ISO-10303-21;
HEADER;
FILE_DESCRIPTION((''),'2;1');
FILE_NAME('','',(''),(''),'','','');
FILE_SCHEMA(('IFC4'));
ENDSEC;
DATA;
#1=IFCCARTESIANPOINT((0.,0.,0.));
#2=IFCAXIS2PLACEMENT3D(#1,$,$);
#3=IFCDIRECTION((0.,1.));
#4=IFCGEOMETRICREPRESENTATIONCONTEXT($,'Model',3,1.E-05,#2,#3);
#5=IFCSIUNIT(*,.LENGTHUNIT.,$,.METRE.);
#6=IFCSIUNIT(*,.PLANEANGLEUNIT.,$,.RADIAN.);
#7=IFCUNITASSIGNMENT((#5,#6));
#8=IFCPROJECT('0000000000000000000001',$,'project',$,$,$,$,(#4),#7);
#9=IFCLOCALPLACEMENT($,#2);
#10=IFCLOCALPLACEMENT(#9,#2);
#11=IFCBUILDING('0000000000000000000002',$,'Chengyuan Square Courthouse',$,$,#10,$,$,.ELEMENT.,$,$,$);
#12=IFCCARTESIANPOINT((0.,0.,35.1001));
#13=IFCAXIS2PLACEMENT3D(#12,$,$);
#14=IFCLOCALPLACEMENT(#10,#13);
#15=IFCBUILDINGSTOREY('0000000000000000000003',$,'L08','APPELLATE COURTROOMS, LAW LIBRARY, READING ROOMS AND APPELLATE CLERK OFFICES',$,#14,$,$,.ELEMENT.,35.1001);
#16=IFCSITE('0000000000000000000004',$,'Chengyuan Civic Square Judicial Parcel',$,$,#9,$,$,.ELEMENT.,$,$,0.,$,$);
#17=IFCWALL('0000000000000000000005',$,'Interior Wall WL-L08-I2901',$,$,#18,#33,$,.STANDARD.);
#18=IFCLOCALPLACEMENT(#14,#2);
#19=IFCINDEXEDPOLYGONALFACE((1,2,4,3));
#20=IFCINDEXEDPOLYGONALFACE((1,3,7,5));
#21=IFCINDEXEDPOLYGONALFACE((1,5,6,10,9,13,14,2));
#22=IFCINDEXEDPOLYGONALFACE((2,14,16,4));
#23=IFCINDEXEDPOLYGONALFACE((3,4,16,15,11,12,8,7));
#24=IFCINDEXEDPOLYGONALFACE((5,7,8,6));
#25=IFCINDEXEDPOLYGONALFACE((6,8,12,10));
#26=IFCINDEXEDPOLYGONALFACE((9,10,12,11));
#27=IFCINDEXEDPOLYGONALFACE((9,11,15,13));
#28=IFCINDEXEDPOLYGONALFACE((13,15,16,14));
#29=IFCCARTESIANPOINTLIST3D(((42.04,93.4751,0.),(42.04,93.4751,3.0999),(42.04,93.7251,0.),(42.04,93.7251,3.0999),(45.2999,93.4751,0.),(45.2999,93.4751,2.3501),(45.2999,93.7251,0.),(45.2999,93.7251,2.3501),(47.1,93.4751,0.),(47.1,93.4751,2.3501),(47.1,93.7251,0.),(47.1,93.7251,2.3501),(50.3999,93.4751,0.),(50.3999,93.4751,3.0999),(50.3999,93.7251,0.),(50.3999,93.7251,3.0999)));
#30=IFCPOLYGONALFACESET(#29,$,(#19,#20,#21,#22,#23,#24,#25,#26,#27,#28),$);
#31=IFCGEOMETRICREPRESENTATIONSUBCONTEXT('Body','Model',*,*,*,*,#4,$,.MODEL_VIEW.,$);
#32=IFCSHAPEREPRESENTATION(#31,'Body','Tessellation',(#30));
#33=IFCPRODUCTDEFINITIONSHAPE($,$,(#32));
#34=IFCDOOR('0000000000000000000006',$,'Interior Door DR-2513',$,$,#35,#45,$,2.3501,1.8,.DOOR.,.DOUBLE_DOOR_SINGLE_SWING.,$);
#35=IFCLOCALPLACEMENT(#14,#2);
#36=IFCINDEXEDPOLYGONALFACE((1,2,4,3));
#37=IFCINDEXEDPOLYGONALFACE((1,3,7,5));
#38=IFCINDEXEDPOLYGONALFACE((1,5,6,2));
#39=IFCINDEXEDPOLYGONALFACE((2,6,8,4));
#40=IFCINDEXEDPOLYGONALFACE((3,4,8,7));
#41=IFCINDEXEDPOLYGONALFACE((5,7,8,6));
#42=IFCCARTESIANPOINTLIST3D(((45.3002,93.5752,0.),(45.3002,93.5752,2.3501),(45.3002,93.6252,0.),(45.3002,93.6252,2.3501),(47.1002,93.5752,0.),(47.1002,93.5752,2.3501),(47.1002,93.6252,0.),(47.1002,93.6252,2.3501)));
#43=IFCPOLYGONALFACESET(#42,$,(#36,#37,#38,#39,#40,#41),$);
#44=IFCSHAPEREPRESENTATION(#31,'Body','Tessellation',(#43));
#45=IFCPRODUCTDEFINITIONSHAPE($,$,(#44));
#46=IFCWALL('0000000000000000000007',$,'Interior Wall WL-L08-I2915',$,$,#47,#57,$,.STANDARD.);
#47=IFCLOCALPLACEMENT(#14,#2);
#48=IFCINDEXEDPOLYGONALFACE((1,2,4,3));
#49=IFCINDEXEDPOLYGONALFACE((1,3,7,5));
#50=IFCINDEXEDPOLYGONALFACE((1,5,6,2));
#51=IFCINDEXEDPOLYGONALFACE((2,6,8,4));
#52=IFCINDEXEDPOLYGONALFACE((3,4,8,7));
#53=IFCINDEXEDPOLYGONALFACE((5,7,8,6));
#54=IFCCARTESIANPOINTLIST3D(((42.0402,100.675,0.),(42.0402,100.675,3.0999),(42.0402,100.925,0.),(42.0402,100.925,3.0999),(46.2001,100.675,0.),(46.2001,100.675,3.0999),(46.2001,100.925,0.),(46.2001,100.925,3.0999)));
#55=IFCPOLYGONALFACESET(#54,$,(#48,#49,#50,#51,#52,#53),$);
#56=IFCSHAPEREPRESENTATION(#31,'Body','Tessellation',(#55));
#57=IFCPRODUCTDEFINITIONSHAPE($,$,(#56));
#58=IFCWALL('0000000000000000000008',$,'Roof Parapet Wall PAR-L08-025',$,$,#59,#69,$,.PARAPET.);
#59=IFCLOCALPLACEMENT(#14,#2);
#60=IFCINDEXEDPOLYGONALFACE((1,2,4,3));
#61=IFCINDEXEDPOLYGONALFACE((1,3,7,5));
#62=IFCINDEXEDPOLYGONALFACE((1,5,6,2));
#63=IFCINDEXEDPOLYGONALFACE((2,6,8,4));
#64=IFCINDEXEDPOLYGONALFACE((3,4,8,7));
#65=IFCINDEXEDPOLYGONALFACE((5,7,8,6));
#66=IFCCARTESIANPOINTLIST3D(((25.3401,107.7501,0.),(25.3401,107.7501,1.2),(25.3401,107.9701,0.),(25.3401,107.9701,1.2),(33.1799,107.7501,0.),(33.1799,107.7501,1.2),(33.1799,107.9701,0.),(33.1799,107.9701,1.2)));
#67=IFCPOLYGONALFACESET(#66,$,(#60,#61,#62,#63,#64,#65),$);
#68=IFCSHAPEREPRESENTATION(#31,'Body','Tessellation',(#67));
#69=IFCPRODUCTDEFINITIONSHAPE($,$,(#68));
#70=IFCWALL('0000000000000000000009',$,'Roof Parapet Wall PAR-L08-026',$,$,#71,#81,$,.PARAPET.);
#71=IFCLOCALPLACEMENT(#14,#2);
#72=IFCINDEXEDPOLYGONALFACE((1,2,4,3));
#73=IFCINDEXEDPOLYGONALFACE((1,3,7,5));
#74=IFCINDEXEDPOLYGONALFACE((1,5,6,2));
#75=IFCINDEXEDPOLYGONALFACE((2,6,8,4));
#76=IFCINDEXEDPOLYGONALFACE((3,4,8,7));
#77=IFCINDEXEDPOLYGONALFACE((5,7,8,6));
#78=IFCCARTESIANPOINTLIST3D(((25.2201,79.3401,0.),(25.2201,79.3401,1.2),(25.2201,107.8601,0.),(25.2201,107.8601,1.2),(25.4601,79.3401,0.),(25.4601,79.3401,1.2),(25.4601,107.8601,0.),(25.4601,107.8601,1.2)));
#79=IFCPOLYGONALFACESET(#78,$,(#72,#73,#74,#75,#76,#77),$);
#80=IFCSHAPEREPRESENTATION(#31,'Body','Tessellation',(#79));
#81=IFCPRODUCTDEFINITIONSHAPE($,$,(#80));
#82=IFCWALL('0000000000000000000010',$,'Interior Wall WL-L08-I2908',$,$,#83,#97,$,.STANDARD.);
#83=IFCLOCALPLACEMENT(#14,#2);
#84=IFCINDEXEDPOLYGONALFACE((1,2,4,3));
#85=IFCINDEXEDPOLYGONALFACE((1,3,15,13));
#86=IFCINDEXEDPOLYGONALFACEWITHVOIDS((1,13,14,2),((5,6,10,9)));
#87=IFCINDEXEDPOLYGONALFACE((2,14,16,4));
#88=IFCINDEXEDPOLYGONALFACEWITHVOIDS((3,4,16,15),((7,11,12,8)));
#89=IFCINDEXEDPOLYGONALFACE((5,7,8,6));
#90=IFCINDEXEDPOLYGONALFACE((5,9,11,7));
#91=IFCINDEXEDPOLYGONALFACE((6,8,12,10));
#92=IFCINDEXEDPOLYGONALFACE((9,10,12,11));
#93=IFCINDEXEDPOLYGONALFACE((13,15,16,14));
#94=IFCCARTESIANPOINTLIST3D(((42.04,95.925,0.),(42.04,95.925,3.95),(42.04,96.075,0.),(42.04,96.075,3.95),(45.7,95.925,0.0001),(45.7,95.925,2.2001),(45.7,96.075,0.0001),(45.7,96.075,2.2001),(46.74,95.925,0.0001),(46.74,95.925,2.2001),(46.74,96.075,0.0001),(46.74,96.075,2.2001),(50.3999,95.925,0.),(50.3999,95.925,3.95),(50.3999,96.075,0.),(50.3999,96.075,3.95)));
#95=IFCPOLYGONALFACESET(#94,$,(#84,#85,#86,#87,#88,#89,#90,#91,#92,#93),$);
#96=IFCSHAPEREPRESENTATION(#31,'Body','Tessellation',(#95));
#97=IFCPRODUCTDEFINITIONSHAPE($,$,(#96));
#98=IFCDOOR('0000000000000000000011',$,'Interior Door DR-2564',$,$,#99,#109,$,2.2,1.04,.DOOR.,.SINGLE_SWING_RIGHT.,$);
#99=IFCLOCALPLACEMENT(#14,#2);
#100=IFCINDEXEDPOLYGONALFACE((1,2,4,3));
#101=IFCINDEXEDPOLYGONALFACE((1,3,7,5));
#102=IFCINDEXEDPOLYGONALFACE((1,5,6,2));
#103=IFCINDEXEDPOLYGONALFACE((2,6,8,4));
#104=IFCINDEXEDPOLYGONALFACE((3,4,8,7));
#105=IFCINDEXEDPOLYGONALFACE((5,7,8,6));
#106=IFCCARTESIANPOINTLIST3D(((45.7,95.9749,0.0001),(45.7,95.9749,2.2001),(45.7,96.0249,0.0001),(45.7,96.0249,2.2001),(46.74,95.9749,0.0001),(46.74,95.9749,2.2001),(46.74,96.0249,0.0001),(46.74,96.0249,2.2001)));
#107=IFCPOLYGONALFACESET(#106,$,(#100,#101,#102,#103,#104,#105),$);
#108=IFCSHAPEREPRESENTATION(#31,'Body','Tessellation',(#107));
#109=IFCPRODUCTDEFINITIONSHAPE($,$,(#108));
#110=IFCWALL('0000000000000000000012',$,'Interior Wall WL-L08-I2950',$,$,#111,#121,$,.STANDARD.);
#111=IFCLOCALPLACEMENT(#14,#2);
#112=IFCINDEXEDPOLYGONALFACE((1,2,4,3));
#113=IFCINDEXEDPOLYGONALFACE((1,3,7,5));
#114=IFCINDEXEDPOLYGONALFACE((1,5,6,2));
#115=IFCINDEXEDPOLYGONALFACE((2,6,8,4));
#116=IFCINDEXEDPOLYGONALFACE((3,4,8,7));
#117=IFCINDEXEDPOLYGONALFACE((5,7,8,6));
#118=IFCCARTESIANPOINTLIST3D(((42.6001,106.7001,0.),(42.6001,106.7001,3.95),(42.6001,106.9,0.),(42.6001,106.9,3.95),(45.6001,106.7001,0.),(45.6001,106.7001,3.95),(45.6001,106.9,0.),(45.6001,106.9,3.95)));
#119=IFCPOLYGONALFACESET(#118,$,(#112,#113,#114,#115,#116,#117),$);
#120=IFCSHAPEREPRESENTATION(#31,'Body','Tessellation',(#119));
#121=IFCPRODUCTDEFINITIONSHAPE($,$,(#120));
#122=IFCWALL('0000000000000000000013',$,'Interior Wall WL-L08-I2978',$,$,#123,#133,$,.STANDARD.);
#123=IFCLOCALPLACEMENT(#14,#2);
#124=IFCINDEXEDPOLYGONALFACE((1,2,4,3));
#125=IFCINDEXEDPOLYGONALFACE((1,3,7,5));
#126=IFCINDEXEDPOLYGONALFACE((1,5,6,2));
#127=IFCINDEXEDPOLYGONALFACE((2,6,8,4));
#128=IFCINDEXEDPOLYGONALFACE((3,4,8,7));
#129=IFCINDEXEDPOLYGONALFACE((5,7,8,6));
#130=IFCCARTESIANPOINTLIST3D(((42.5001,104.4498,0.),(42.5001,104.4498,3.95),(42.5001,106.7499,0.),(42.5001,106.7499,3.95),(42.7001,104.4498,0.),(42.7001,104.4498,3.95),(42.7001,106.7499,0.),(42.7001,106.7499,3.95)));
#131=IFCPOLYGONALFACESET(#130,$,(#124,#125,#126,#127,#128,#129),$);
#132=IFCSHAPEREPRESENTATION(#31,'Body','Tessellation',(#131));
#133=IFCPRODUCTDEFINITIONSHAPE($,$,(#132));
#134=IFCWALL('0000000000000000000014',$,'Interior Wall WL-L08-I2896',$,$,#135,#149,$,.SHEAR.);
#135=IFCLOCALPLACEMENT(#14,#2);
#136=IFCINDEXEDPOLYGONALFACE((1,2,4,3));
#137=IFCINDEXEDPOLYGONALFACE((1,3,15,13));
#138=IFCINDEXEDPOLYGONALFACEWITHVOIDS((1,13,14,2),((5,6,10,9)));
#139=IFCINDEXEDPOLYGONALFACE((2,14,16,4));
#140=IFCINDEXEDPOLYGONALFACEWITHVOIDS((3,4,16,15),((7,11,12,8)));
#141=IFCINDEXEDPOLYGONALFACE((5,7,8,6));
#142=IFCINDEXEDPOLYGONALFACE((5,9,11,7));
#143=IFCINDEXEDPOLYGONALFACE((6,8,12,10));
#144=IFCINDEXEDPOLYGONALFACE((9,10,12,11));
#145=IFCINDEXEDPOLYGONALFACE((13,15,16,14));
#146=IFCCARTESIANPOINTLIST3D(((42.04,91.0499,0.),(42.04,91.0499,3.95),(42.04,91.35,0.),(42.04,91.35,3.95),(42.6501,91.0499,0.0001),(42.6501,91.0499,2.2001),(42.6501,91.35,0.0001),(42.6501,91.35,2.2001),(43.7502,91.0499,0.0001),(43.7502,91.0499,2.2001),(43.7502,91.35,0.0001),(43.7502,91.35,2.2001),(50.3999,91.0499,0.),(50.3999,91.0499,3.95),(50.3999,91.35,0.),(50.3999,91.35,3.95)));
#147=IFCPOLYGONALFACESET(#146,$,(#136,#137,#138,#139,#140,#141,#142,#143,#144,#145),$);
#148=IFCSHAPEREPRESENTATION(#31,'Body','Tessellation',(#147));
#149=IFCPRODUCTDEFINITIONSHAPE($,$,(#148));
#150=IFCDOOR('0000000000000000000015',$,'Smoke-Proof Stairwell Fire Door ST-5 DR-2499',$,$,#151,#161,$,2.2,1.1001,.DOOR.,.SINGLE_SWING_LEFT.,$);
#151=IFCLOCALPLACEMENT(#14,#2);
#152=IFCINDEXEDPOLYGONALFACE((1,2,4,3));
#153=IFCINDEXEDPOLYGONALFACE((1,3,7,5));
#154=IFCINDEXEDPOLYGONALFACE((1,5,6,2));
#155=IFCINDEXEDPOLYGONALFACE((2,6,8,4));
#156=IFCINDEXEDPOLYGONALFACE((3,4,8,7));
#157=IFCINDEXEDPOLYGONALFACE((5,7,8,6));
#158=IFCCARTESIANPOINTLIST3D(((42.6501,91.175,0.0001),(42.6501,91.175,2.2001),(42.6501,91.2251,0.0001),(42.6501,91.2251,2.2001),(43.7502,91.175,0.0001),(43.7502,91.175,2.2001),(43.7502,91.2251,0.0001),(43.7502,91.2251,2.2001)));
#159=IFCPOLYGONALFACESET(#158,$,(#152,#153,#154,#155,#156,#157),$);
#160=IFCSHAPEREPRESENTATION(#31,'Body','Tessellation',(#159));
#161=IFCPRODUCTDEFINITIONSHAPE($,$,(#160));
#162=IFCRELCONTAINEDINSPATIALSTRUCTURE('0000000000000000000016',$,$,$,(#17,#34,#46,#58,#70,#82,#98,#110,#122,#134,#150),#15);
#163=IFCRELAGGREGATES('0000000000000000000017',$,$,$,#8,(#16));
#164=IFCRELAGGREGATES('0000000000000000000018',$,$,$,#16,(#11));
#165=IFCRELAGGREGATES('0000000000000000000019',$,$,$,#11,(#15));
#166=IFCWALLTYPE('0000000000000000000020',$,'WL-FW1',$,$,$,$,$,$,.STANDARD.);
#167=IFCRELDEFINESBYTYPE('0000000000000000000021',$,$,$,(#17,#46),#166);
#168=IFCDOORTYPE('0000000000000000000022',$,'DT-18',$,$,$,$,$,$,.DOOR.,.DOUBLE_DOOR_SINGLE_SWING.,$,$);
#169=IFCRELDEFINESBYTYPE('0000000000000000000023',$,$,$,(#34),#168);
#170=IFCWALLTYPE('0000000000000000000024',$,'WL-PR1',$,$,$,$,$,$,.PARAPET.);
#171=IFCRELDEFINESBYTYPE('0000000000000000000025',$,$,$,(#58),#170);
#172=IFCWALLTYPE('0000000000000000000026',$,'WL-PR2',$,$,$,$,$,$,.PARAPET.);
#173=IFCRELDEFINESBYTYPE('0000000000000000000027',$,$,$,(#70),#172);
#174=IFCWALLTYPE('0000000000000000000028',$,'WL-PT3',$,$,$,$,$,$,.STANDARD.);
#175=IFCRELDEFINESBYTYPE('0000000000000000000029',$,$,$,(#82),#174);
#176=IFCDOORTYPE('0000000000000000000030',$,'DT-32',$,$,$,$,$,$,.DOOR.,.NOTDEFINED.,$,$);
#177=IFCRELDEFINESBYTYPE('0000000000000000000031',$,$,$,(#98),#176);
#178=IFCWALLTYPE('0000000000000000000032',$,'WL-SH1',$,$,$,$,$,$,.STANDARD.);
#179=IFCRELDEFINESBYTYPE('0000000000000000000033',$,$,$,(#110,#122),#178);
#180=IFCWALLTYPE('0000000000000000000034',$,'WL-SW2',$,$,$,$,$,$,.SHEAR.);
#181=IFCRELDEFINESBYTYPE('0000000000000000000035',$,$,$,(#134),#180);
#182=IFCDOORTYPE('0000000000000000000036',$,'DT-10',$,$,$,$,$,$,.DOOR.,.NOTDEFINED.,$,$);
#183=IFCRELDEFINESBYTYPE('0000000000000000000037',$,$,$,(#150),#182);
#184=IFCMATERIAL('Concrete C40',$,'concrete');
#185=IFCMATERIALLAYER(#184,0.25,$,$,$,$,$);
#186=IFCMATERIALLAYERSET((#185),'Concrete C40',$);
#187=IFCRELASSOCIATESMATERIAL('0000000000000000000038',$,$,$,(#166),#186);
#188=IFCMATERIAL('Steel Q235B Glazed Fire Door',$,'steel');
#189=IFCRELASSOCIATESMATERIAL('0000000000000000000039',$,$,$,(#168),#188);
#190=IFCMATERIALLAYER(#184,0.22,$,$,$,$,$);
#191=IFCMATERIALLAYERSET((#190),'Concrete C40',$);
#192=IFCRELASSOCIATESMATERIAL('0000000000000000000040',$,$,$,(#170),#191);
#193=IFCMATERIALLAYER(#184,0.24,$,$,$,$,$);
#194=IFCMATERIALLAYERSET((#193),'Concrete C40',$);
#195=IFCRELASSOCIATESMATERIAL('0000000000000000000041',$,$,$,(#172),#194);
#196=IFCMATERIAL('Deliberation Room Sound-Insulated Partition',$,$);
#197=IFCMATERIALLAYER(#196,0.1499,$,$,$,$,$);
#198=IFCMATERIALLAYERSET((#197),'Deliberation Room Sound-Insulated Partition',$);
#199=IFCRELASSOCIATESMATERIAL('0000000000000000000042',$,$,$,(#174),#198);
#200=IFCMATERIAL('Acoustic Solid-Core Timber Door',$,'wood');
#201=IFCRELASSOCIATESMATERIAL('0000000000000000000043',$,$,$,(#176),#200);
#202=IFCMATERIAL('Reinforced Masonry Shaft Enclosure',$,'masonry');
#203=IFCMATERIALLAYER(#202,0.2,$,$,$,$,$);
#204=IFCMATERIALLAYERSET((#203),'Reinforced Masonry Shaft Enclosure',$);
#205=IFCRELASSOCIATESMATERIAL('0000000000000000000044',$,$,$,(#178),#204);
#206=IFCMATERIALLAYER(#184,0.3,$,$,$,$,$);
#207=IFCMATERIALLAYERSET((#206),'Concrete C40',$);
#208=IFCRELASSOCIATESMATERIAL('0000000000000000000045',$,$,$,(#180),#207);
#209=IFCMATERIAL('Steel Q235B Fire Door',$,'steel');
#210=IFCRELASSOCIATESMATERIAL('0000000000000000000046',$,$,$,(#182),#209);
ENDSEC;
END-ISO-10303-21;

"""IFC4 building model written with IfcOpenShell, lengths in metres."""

from ifc_helpers import new_model, si_unit, direction, frame, frame_2d, origin, place, context, subcontext, project, spatial, rectangle, extrude, material, layer, layer_set, type_object, element, fill, save


model = new_model("IFC4")

# Units and contexts
model_context = context("Model", 3, precision=1e-05, world=origin(), true_north=direction((0.0, 1.0)))
body_context = subcontext(model_context, "Body", "Model", "MODEL_VIEW")
ifc_project = project(units=[si_unit("LENGTHUNIT", "METRE"), si_unit("PLANEANGLEUNIT", "RADIAN")], contexts=[model_context])

# Site, building, storey
site_placement = place(None, origin())
site = spatial("IfcSite", under=ifc_project, at=site_placement, Name="Chengyuan Civic Square Judicial Parcel", CompositionType="ELEMENT", RefElevation=0.0)
building_placement = place(site_placement, origin())
building = spatial("IfcBuilding", under=site, at=building_placement, Name="Chengyuan Square Courthouse", CompositionType="ELEMENT")
storey_placement = place(building_placement, frame((0.0, 0.0, 35.1001)))
storey = spatial("IfcBuildingStorey", under=building, at=storey_placement, Name="L08", Description="APPELLATE COURTROOMS, LAW LIBRARY, READING ROOMS AND APPELLATE CLERK OFFICES", CompositionType="ELEMENT", Elevation=35.1001)

# Shared definitions
ifc_material_1 = material(Name="Concrete C40", Category="concrete")

# Wall, opening, door
ifc_layer_1 = layer(ifc_material_1, 0.25)
ifc_layer_set_1 = layer_set([ifc_layer_1], Name="Concrete C40")
wall_type_1 = type_object("IfcWallType", Name="WL-FW1", PredefinedType="STANDARD", material=ifc_layer_set_1)
wall_1_placement = place(storey_placement, frame((42.04, 93.6001, 0.0), z_axis=(0.0, 0.0, 1.0), x_axis=(1.0, 0.0, 0.0)))
wall_1 = element("IfcWall", 1, at=wall_1_placement, inside=storey, type_object=wall_type_1, Name="Interior Wall WL-L08-I2901", PredefinedType="STANDARD", context=body_context, shape_type="SweptSolid", body=[
    extrude(rectangle(XDim=8.3599, YDim=0.25, at=frame_2d((4.1799, 0.0))), origin(), (0.0, 0.0, 1.0), 3.0999),
])
opening_1_placement = place(wall_1_placement, frame((3.26, 0.0, 0.0)))
opening_1 = element("IfcOpeningElement", 2, at=opening_1_placement, cuts=wall_1, PredefinedType="OPENING", context=body_context, shape_type="SweptSolid", body=[
    extrude(rectangle(XDim=1.8, YDim=2.3501, at=frame_2d((0.8999, 1.175))), frame((0.0, 0.137, 0.0), z_axis=(0.0, -1.0, 0.0), x_axis=(1.0, 0.0, 0.0)), (0.0, 0.0, 1.0), 0.2739),
])
ifc_material_2 = material(Name="Steel Q235B Glazed Fire Door", Category="steel")
door_type_1 = type_object("IfcDoorType", Name="DT-18", OperationType="DOUBLE_DOOR_SINGLE_SWING", PredefinedType="DOOR", material=ifc_material_2)
door_1_placement = place(opening_1_placement, frame((1.8, 0.0, 0.0), z_axis=(0.0, 0.0, 1.0), x_axis=(-1.0, 0.0, 0.0)))
door_1 = element("IfcDoor", 3, at=door_1_placement, inside=storey, type_object=door_type_1, Name="Interior Door DR-2513", OperationType="DOUBLE_DOOR_SINGLE_SWING", OverallHeight=2.3501, OverallWidth=1.8, PredefinedType="DOOR", context=body_context, shape_type="SweptSolid", body=[
    extrude(rectangle(XDim=1.8, YDim=2.3501, at=frame_2d((0.8999, 1.175))), frame((0.0, 0.0249, 0.0), z_axis=(0.0, -1.0, 0.0), x_axis=(1.0, 0.0, 0.0)), (0.0, 0.0, 1.0), 0.05),
])
fill(opening_1, door_1)

# Walls
wall_2_placement = place(storey_placement, frame((42.04, 100.8, 0.0), z_axis=(0.0, 0.0, 1.0), x_axis=(1.0, 0.0, 0.0)))
element("IfcWall", 4, at=wall_2_placement, inside=storey, type_object=wall_type_1, Name="Interior Wall WL-L08-I2915", PredefinedType="STANDARD", context=body_context, shape_type="SweptSolid", body=[
    extrude(rectangle(XDim=4.1599, YDim=0.25, at=frame_2d((2.0801, 0.0))), origin(), (0.0, 0.0, 1.0), 3.0999),
])
ifc_layer_2 = layer(ifc_material_1, 0.22)
ifc_layer_set_2 = layer_set([ifc_layer_2], Name="Concrete C40")
wall_type_2 = type_object("IfcWallType", Name="WL-PR1", PredefinedType="PARAPET", material=ifc_layer_set_2)
wall_3_placement = place(storey_placement, frame((33.1799, 107.8601, 0.0), z_axis=(0.0, 0.0, 1.0), x_axis=(-1.0, 0.0, 0.0)))
element("IfcWall", 5, at=wall_3_placement, inside=storey, type_object=wall_type_2, Name="Roof Parapet Wall PAR-L08-025", PredefinedType="PARAPET", context=body_context, shape_type="SweptSolid", body=[
    extrude(rectangle(XDim=7.8398, YDim=0.22, at=frame_2d((3.9199, 0.0))), origin(), (0.0, 0.0, 1.0), 1.2),
])
ifc_layer_3 = layer(ifc_material_1, 0.24)
ifc_layer_set_3 = layer_set([ifc_layer_3], Name="Concrete C40")
wall_type_3 = type_object("IfcWallType", Name="WL-PR2", PredefinedType="PARAPET", material=ifc_layer_set_3)
wall_4_placement = place(storey_placement, frame((25.3401, 107.8601, 0.0), z_axis=(0.0, 0.0, 1.0), x_axis=(0.0, -1.0, 0.0)))
element("IfcWall", 6, at=wall_4_placement, inside=storey, type_object=wall_type_3, Name="Roof Parapet Wall PAR-L08-026", PredefinedType="PARAPET", context=body_context, shape_type="SweptSolid", body=[
    extrude(rectangle(XDim=28.52, YDim=0.24, at=frame_2d((14.26, 0.0))), origin(), (0.0, 0.0, 1.0), 1.2),
])

# Wall, opening, door
ifc_material_3 = material(Name="Deliberation Room Sound-Insulated Partition")
ifc_layer_4 = layer(ifc_material_3, 0.1499)
ifc_layer_set_4 = layer_set([ifc_layer_4], Name="Deliberation Room Sound-Insulated Partition")
wall_type_4 = type_object("IfcWallType", Name="WL-PT3", PredefinedType="STANDARD", material=ifc_layer_set_4)
wall_5_placement = place(storey_placement, frame((42.04, 96.0, 0.0), z_axis=(0.0, 0.0, 1.0), x_axis=(1.0, 0.0, 0.0)))
wall_5 = element("IfcWall", 7, at=wall_5_placement, inside=storey, type_object=wall_type_4, Name="Interior Wall WL-L08-I2908", PredefinedType="STANDARD", context=body_context, shape_type="SweptSolid", body=[
    extrude(rectangle(XDim=8.3599, YDim=0.1499, at=frame_2d((4.1799, 0.0))), origin(), (0.0, 0.0, 1.0), 3.95),
])
opening_2_placement = place(wall_5_placement, frame((3.6599, 0.0, 0.0)))
opening_2 = element("IfcOpeningElement", 8, at=opening_2_placement, cuts=wall_5, PredefinedType="OPENING", context=body_context, shape_type="SweptSolid", body=[
    extrude(rectangle(XDim=1.04, YDim=2.2, at=frame_2d((0.52, 1.1001))), frame((0.0, 0.0869, 0.0), z_axis=(0.0, -1.0, 0.0), x_axis=(1.0, 0.0, 0.0)), (0.0, 0.0, 1.0), 0.1738),
])
ifc_material_4 = material(Name="Acoustic Solid-Core Timber Door", Category="wood")
door_type_2 = type_object("IfcDoorType", Name="DT-32", OperationType="NOTDEFINED", PredefinedType="DOOR", material=ifc_material_4)
door_2_placement = place(opening_2_placement, origin())
door_2 = element("IfcDoor", 9, at=door_2_placement, inside=storey, type_object=door_type_2, Name="Interior Door DR-2564", OperationType="SINGLE_SWING_RIGHT", OverallHeight=2.2, OverallWidth=1.04, PredefinedType="DOOR", context=body_context, shape_type="SweptSolid", body=[
    extrude(rectangle(XDim=1.04, YDim=2.2, at=frame_2d((0.52, 1.1001))), frame((0.0, 0.0249, 0.0), z_axis=(0.0, -1.0, 0.0), x_axis=(1.0, 0.0, 0.0)), (0.0, 0.0, 1.0), 0.05),
])
fill(opening_2, door_2)
ifc_material_5 = material(Name="Reinforced Masonry Shaft Enclosure", Category="masonry")
ifc_layer_5 = layer(ifc_material_5, 0.2)
ifc_layer_set_5 = layer_set([ifc_layer_5], Name="Reinforced Masonry Shaft Enclosure")
wall_type_5 = type_object("IfcWallType", Name="WL-SH1", PredefinedType="STANDARD", material=ifc_layer_set_5)

# Walls
wall_6_placement = place(storey_placement, frame((42.6001, 106.8, 0.0), z_axis=(0.0, 0.0, 1.0), x_axis=(1.0, 0.0, 0.0)))
element("IfcWall", 10, at=wall_6_placement, inside=storey, type_object=wall_type_5, Name="Interior Wall WL-L08-I2950", PredefinedType="STANDARD", context=body_context, shape_type="SweptSolid", body=[
    extrude(rectangle(XDim=3.0, YDim=0.2, at=frame_2d((1.5, 0.0))), origin(), (0.0, 0.0, 1.0), 3.95),
])
wall_7_placement = place(storey_placement, frame((42.6001, 104.45, 0.0), z_axis=(0.0, 0.0, 1.0), x_axis=(0.0, 1.0, 0.0)))
element("IfcWall", 11, at=wall_7_placement, inside=storey, type_object=wall_type_5, Name="Interior Wall WL-L08-I2978", PredefinedType="STANDARD", context=body_context, shape_type="SweptSolid", body=[
    extrude(rectangle(XDim=2.3, YDim=0.2, at=frame_2d((1.1499, 0.0))), origin(), (0.0, 0.0, 1.0), 3.95),
])

# Wall, opening, door
ifc_layer_6 = layer(ifc_material_1, 0.3)
ifc_layer_set_6 = layer_set([ifc_layer_6], Name="Concrete C40")
wall_type_6 = type_object("IfcWallType", Name="WL-SW2", PredefinedType="SHEAR", material=ifc_layer_set_6)
wall_8_placement = place(storey_placement, frame((42.04, 91.2, 0.0), z_axis=(0.0, 0.0, 1.0), x_axis=(1.0, 0.0, 0.0)))
wall_8 = element("IfcWall", 12, at=wall_8_placement, inside=storey, type_object=wall_type_6, Name="Interior Wall WL-L08-I2896", PredefinedType="SHEAR", context=body_context, shape_type="SweptSolid", body=[
    extrude(rectangle(XDim=8.3599, YDim=0.3, at=frame_2d((4.1799, 0.0))), origin(), (0.0, 0.0, 1.0), 3.95),
])
opening_3_placement = place(wall_8_placement, frame((0.6101, 0.0, 0.0)))
opening_3 = element("IfcOpeningElement", 13, at=opening_3_placement, cuts=wall_8, PredefinedType="OPENING", context=body_context, shape_type="SweptSolid", body=[
    extrude(rectangle(XDim=1.1001, YDim=2.2, at=frame_2d((0.55, 1.1001))), frame((0.0, 0.1621, 0.0), z_axis=(0.0, -1.0, 0.0), x_axis=(1.0, 0.0, 0.0)), (0.0, 0.0, 1.0), 0.324),
])
ifc_material_6 = material(Name="Steel Q235B Fire Door", Category="steel")
door_type_3 = type_object("IfcDoorType", Name="DT-10", OperationType="NOTDEFINED", PredefinedType="DOOR", material=ifc_material_6)
door_3_placement = place(opening_3_placement, frame((1.1001, 0.0, 0.0), z_axis=(0.0, 0.0, 1.0), x_axis=(-1.0, 0.0, 0.0)))
door_3 = element("IfcDoor", 14, at=door_3_placement, inside=storey, type_object=door_type_3, Name="Smoke-Proof Stairwell Fire Door ST-5 DR-2499", OperationType="SINGLE_SWING_LEFT", OverallHeight=2.2, OverallWidth=1.1001, PredefinedType="DOOR", context=body_context, shape_type="SweptSolid", body=[
    extrude(rectangle(XDim=1.1001, YDim=2.2, at=frame_2d((0.55, 1.1001))), frame((0.0, 0.0249, 0.0), z_axis=(0.0, -1.0, 0.0), x_axis=(1.0, 0.0, 0.0)), (0.0, 0.0, 1.0), 0.05),
])
fill(opening_3, door_3)

save(model, "model.ifc")
